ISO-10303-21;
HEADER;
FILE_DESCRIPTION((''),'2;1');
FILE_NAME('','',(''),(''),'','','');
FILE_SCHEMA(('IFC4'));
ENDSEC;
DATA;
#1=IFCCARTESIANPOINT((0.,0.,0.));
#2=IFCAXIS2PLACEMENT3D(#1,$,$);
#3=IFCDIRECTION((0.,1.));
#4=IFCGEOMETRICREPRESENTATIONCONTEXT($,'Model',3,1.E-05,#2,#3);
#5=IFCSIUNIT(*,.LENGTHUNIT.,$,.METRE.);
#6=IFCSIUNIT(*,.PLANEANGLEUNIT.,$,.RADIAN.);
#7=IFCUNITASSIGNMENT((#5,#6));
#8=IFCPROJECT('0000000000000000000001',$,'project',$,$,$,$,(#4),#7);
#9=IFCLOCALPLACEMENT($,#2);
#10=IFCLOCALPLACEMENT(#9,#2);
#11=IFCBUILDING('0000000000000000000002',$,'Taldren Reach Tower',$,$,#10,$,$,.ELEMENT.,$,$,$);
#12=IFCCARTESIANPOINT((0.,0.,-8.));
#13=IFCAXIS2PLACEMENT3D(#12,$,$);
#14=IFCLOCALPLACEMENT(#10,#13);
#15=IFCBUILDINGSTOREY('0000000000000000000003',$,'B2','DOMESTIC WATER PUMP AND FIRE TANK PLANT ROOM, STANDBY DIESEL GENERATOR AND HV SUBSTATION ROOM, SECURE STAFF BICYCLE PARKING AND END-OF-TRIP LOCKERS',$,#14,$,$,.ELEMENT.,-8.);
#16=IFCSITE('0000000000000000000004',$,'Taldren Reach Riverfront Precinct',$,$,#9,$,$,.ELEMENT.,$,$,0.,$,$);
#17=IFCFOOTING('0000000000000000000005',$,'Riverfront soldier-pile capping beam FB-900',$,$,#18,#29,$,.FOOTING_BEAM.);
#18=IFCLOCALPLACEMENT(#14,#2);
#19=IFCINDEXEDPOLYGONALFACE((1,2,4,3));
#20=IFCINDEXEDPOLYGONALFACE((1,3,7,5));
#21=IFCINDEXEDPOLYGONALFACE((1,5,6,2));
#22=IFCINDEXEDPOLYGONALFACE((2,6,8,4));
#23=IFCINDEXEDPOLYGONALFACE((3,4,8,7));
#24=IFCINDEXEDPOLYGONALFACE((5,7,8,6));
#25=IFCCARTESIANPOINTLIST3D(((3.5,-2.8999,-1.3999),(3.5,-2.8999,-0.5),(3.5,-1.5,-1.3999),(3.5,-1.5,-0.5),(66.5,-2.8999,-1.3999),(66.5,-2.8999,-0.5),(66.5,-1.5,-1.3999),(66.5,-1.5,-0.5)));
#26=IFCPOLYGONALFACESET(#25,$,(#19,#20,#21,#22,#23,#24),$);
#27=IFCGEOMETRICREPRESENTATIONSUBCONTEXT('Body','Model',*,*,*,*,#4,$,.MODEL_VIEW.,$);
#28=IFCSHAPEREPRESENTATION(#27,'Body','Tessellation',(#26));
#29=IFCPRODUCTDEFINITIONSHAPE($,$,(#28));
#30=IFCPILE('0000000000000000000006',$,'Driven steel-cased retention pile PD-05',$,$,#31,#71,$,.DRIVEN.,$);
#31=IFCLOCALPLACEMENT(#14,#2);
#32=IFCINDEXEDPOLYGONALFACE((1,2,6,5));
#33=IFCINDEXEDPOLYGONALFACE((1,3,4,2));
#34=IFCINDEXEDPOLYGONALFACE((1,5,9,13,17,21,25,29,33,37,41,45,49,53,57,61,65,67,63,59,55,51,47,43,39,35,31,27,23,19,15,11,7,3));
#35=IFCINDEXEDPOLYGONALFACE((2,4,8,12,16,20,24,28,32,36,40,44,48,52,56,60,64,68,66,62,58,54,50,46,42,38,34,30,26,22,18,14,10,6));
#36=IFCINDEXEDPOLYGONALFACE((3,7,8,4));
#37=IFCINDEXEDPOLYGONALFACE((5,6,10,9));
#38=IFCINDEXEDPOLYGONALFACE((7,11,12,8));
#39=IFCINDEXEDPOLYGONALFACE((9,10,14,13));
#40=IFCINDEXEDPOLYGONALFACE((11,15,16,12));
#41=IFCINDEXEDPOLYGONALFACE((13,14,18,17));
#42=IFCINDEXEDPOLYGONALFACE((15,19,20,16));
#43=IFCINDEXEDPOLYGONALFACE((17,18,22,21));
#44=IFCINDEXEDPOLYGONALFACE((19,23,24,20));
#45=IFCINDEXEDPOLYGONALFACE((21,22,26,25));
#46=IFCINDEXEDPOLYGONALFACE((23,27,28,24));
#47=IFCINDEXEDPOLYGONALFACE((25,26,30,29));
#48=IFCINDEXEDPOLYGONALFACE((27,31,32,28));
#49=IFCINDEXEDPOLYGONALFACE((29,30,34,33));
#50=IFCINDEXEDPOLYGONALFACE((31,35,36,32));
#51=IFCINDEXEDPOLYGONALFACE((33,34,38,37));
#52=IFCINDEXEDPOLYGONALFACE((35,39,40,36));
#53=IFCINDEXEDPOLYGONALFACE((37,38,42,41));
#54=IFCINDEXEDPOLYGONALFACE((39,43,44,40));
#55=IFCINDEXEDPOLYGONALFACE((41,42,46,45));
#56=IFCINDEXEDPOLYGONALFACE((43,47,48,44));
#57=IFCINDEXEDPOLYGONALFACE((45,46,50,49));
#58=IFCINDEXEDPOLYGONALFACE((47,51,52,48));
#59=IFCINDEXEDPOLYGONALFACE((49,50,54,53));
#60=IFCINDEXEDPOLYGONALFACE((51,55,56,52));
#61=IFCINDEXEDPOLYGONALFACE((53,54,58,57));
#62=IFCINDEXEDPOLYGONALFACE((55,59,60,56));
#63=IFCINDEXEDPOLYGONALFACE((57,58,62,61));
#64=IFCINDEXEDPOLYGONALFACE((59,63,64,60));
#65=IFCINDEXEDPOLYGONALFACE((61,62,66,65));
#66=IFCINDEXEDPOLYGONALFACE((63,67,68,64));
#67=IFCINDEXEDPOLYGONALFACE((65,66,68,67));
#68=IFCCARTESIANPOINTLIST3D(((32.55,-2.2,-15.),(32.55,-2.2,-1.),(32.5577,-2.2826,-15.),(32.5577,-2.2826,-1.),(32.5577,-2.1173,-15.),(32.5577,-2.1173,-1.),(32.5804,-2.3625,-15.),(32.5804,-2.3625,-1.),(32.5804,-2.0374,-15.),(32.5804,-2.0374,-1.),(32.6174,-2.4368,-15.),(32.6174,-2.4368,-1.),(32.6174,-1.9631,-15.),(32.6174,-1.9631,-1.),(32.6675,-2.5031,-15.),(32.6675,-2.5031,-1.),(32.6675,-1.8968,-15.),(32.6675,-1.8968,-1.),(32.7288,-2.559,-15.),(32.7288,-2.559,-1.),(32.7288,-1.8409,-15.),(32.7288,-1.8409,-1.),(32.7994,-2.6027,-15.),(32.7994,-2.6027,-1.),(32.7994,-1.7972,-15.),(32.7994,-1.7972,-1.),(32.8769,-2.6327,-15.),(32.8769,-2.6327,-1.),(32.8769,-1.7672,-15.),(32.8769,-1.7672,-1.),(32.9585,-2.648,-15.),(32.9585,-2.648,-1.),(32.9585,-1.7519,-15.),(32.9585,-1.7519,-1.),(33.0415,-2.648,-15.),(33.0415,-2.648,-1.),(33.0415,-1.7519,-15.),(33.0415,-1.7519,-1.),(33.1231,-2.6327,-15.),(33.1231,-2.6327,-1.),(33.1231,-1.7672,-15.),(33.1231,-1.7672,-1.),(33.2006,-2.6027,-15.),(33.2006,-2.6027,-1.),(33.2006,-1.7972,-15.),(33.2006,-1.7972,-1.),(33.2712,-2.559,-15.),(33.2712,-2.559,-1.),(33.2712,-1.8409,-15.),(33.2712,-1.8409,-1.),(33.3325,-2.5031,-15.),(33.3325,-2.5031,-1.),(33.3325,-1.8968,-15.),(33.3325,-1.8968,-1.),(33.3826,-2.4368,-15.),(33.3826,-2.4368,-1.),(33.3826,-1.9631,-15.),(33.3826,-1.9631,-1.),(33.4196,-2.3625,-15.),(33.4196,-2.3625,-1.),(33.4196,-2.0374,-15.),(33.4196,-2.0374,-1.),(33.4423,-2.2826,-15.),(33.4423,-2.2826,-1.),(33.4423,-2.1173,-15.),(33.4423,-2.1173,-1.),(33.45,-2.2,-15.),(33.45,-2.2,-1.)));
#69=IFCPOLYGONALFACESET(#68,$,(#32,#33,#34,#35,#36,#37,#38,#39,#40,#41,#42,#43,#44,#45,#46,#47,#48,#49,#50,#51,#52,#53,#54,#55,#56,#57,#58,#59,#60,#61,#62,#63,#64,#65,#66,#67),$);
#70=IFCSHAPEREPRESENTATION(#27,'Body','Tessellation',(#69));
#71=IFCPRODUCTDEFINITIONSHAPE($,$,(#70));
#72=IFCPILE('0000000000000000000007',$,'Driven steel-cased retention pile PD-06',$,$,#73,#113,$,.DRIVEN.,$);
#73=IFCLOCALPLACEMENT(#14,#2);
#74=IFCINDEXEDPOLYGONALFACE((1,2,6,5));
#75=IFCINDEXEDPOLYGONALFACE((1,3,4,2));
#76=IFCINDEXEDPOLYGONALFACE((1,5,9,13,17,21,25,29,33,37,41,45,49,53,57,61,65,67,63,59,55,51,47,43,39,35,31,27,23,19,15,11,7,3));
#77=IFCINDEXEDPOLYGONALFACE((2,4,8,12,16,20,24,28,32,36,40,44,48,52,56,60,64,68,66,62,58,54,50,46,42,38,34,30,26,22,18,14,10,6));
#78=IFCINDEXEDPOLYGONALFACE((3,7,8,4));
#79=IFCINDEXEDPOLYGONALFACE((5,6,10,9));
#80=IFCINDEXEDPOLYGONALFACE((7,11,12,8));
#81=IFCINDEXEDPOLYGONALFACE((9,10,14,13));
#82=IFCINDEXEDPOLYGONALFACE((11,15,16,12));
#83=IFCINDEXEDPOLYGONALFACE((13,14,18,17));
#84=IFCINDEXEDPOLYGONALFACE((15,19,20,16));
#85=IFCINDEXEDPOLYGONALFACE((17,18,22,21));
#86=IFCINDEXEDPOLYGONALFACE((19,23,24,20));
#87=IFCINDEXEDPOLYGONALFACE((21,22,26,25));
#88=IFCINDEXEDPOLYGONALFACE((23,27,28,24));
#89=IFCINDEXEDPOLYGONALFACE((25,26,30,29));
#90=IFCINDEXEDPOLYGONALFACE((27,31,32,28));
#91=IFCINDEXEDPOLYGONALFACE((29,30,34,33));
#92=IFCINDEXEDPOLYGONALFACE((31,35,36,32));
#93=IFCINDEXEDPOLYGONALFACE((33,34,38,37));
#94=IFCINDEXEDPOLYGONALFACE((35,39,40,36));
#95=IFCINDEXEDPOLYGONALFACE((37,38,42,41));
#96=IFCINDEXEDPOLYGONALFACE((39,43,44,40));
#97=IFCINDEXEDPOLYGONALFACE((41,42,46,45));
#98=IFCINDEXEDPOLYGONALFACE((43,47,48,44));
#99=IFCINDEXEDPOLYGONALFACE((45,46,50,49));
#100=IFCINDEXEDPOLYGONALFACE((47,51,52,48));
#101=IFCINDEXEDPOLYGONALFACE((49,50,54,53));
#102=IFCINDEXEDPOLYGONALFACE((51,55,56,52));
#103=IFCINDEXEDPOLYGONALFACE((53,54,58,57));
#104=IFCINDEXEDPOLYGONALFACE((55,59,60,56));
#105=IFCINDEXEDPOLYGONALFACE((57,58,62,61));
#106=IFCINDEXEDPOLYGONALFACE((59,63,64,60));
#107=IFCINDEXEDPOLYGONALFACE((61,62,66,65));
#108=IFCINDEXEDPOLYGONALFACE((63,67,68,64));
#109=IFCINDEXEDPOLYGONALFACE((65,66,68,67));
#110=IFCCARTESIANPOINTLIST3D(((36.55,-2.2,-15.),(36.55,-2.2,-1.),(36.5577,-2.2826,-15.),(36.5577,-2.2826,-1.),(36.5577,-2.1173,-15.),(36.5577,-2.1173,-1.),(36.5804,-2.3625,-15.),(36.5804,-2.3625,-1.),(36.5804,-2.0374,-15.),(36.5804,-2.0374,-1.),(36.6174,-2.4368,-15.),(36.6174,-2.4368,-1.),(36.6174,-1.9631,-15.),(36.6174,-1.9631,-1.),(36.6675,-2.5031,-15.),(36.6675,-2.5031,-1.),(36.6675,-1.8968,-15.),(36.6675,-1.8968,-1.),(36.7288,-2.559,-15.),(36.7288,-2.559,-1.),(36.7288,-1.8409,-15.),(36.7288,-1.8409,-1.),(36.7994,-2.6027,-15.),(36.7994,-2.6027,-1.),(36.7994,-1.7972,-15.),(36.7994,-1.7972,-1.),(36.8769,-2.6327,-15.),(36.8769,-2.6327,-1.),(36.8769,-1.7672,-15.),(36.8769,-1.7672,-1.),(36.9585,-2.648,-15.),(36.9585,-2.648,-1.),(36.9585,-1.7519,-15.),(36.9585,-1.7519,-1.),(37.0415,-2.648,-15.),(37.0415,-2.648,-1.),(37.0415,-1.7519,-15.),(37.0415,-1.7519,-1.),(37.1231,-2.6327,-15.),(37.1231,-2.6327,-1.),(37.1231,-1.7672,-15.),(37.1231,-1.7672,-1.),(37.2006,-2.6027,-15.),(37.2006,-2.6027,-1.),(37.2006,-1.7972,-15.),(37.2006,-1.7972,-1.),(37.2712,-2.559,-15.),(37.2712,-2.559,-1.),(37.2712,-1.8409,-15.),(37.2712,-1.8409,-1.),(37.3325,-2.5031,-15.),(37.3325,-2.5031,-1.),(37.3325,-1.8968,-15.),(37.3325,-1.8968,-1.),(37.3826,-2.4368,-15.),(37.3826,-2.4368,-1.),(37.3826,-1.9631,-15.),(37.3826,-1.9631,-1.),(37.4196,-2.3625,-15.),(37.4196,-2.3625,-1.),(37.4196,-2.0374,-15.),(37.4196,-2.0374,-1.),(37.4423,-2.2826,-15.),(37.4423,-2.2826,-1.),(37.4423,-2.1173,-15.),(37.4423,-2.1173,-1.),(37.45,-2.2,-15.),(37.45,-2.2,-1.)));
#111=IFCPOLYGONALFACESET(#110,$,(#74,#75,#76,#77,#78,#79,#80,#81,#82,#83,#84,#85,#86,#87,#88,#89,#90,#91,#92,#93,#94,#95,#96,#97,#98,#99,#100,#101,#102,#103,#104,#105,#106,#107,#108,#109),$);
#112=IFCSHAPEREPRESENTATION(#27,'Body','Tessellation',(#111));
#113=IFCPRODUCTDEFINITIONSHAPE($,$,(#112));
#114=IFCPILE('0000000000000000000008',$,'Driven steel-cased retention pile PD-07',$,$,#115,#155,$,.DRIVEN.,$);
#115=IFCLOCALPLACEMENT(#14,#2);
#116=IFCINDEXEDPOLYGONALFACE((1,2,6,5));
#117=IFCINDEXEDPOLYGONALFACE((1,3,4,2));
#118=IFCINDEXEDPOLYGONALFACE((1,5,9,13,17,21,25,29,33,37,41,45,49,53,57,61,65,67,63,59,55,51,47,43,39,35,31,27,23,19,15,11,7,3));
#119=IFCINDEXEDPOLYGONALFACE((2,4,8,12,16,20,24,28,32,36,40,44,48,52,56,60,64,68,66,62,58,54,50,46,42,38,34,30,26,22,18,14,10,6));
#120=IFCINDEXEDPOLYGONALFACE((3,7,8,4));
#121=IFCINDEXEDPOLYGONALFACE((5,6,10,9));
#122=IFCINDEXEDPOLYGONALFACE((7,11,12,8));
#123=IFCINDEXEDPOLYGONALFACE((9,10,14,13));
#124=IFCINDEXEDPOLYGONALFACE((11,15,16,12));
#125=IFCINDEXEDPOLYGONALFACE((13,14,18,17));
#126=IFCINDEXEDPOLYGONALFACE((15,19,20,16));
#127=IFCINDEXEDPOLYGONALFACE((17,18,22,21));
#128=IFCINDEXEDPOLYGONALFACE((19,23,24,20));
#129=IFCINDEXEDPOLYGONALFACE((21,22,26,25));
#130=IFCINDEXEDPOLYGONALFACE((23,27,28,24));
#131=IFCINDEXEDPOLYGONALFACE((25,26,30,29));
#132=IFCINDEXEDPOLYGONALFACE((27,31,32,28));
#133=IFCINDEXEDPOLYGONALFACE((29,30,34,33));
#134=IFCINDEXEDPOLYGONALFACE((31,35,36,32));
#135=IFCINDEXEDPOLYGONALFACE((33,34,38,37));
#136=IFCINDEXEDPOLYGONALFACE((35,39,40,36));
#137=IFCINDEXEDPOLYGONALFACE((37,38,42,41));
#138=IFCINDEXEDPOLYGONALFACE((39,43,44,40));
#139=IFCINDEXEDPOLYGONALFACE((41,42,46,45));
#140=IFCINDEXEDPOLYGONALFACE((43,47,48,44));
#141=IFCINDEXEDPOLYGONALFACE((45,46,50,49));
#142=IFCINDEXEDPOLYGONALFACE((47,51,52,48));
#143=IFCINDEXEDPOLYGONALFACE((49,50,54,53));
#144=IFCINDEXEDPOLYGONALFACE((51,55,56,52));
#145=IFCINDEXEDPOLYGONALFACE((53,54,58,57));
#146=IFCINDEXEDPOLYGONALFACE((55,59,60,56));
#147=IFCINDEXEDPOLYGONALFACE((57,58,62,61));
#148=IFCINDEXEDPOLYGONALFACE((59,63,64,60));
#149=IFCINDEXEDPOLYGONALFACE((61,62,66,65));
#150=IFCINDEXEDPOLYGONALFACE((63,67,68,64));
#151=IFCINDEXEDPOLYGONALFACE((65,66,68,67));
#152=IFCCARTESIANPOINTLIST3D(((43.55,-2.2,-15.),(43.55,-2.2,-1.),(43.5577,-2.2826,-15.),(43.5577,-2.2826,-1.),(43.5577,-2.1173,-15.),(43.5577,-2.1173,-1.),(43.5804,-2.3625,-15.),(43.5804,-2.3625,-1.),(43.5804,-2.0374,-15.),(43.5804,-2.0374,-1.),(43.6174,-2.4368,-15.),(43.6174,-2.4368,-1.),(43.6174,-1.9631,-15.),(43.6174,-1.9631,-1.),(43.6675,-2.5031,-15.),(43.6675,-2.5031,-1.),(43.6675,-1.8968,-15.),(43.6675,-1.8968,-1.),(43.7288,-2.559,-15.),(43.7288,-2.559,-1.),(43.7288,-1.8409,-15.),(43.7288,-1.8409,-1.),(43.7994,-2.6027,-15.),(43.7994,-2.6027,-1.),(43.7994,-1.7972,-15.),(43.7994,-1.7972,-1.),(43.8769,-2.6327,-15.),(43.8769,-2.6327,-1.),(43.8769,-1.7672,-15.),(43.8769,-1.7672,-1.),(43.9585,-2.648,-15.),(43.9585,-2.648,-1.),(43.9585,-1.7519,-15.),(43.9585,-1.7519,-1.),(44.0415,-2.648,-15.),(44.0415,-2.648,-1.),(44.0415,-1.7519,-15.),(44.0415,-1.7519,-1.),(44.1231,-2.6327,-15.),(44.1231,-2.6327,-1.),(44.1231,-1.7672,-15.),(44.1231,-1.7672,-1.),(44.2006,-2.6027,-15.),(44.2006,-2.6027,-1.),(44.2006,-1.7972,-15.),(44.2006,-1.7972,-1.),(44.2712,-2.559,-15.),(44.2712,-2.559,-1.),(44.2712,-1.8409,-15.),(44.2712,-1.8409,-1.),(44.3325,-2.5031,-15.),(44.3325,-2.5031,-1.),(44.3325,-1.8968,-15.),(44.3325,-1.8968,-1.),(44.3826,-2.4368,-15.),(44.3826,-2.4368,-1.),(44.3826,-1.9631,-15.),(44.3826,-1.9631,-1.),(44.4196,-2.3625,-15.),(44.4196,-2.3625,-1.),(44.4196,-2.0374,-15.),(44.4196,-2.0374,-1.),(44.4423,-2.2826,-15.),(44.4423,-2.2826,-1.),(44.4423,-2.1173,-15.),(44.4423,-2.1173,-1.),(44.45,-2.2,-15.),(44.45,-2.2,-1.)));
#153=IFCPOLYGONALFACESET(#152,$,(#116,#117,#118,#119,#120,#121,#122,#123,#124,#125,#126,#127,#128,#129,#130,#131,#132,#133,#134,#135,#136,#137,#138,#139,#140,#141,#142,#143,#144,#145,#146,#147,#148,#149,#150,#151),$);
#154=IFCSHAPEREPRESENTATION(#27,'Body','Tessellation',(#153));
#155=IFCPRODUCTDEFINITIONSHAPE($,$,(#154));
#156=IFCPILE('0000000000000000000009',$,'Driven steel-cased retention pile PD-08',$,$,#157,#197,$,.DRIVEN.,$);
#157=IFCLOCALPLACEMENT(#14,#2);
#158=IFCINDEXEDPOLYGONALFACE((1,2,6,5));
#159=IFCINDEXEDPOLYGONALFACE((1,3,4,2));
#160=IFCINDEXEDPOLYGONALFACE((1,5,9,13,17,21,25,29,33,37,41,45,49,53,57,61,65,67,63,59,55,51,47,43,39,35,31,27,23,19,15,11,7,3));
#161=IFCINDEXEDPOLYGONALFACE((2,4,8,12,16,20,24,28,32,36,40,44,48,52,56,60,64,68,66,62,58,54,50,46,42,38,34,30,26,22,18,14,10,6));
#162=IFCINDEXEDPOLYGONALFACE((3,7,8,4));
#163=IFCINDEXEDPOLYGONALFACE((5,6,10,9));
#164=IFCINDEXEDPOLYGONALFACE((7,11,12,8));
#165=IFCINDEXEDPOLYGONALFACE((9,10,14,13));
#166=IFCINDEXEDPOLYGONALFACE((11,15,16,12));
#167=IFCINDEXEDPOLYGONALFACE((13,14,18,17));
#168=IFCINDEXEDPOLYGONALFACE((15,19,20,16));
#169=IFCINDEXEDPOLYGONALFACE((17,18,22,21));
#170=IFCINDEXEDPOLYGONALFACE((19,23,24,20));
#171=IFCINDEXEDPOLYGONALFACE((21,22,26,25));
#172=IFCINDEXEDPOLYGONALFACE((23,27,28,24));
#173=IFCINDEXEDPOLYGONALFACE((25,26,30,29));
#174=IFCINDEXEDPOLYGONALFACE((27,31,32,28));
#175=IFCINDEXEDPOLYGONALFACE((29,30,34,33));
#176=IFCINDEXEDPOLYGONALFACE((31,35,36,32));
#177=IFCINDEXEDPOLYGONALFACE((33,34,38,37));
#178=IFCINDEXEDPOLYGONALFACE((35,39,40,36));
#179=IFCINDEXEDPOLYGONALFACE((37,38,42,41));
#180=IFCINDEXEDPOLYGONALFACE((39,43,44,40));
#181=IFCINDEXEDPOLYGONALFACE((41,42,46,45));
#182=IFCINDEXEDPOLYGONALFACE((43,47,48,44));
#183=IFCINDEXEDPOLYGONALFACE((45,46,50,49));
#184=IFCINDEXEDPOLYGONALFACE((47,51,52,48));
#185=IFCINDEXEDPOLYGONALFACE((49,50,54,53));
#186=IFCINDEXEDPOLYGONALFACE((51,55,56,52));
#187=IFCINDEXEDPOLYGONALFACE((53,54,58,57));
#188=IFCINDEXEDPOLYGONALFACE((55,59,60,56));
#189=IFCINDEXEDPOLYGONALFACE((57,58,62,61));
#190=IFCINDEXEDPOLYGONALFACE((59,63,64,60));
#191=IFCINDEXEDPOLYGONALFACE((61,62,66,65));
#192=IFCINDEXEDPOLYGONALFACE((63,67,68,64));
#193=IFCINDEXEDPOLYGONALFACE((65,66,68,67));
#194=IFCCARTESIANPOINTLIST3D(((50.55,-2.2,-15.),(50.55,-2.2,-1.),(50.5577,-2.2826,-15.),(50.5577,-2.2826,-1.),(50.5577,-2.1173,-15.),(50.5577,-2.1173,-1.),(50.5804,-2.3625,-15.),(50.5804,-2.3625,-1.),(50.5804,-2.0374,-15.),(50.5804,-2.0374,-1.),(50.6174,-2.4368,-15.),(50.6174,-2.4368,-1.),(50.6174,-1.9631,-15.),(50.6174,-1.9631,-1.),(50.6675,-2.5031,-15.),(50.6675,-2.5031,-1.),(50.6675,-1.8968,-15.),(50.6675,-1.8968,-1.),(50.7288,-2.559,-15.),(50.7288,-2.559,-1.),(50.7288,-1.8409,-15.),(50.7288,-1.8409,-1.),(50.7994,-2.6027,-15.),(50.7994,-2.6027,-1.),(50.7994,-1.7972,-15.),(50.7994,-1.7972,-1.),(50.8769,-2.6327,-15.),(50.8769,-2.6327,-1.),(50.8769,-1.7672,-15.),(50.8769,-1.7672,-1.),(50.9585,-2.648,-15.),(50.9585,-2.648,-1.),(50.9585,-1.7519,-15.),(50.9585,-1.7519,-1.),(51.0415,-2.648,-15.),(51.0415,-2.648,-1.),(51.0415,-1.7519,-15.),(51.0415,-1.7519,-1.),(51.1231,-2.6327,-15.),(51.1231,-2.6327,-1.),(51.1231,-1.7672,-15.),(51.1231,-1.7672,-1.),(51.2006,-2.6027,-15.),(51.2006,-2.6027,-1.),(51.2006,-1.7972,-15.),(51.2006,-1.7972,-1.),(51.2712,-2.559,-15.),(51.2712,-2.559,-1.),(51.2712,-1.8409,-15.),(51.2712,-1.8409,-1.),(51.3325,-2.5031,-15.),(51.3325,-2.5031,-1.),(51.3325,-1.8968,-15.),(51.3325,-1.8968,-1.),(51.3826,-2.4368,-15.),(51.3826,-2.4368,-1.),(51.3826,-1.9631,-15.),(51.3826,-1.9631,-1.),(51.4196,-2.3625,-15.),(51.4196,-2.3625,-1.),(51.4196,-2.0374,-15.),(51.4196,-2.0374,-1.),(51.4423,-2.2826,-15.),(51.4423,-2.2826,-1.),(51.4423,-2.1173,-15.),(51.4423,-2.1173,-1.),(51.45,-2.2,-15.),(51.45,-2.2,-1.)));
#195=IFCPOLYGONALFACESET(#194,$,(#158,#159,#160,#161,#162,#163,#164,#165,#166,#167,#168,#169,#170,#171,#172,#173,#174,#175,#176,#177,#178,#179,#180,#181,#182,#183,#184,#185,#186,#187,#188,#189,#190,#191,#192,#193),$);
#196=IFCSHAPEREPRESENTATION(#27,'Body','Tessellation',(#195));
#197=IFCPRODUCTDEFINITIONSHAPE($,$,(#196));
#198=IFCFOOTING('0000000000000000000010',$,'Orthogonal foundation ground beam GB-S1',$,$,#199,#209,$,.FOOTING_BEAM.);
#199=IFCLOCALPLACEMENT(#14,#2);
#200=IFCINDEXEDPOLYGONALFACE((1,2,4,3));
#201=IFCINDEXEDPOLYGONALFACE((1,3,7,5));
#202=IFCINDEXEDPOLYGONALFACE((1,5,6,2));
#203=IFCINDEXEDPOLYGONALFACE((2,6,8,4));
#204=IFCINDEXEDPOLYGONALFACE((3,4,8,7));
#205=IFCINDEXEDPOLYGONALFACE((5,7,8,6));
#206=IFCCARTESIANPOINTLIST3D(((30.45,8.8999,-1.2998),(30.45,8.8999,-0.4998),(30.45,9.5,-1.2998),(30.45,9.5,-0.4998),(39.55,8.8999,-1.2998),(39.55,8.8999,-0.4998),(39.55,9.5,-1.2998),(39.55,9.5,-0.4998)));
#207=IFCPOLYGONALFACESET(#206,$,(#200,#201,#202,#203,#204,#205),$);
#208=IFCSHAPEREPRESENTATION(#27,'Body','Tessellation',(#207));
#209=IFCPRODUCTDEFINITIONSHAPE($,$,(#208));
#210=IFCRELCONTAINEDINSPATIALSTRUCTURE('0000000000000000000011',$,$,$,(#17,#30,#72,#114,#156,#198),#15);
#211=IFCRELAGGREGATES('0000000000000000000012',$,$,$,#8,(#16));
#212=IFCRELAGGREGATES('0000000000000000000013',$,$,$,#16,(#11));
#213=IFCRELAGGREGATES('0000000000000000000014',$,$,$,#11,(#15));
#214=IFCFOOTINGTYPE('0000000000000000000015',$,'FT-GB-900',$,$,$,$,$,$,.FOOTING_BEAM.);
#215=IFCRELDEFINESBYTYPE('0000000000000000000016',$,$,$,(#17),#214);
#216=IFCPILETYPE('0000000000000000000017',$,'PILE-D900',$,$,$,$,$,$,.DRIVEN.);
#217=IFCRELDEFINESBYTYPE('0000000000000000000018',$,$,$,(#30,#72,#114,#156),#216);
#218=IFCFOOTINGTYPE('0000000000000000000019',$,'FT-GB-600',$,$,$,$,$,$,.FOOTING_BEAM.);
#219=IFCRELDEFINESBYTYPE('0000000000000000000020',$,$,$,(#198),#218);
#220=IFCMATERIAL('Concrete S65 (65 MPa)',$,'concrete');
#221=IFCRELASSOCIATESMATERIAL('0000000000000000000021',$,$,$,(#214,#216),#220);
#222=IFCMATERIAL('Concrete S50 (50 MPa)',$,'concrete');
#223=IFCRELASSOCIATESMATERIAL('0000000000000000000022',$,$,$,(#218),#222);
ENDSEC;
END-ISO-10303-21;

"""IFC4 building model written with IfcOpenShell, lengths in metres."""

from ifc_helpers import new_model, si_unit, direction, frame, origin, origin_2d, place, context, subcontext, project, spatial, rectangle, circle, extrude, source, transform, mapped, material, material_profile, profile_set, type_object, element, save


model = new_model("IFC4")

# Units and contexts
model_context = context("Model", 3, precision=1e-05, world=origin(), true_north=direction((0.0, 1.0)))
body_context = subcontext(model_context, "Body", "Model", "MODEL_VIEW")
ifc_project = project(units=[si_unit("LENGTHUNIT", "METRE"), si_unit("PLANEANGLEUNIT", "RADIAN")], contexts=[model_context])

# Site, building, storey
site_placement = place(None, origin())
site = spatial("IfcSite", under=ifc_project, at=site_placement, Name="Taldren Reach Riverfront Precinct", CompositionType="ELEMENT", RefElevation=0.0)
building_placement = place(site_placement, origin())
building = spatial("IfcBuilding", under=site, at=building_placement, Name="Taldren Reach Tower", CompositionType="ELEMENT")
storey_placement = place(building_placement, frame((0.0, 0.0, -8.0)))
storey = spatial("IfcBuildingStorey", under=building, at=storey_placement, Name="B2", Description="DOMESTIC WATER PUMP AND FIRE TANK PLANT ROOM, STANDBY DIESEL GENERATOR AND HV SUBSTATION ROOM, SECURE STAFF BICYCLE PARKING AND END-OF-TRIP LOCKERS", CompositionType="ELEMENT", Elevation=-8.0)

# Shared definitions
ifc_material_1 = material(Name="Concrete S65 (65 MPa)", Category="concrete")

# Footing
ifc_material_2 = material(Name="Concrete S50 (50 MPa)", Category="concrete")
footing_type_1 = type_object("IfcFootingType", Name="FT-GB-900", PredefinedType="FOOTING_BEAM", material=ifc_material_1)
shared_shape_1 = source(origin(), body_context, "Body", "SweptSolid", [
    extrude(rectangle(XDim=63.0, YDim=1.3999, at=origin_2d()), origin(), (0.0, 0.0, 1.0), 0.8999),
])
footing_1_placement = place(storey_placement, frame((35.0, -2.2, -1.3999), z_axis=(0.0, 0.0, 1.0), x_axis=(1.0, 0.0, 0.0)))
element("IfcFooting", 1, at=footing_1_placement, inside=storey, type_object=footing_type_1, Name="Riverfront soldier-pile capping beam FB-900", PredefinedType="FOOTING_BEAM", context=body_context, shape_type="MappedRepresentation", body=[
    mapped(shared_shape_1, transform((0.0, 0.0, 0.0), scale=1.0)),
])

# Piles
ifc_material_profile_1 = material_profile(ifc_material_1, circle(Radius=0.45, at=origin_2d()), Name="PD-900")
ifc_profile_set_1 = profile_set([ifc_material_profile_1], Name="Concrete S65 (65 MPa)")
pile_type_1 = type_object("IfcPileType", Name="PILE-D900", PredefinedType="DRIVEN", material=ifc_profile_set_1)
shared_shape_2 = source(origin(), body_context, "Body", "SweptSolid", [
    extrude(circle(Radius=0.45, at=origin_2d()), origin(), (0.0, 0.0, 1.0), 14.0),
])
for number, where, z_axis, x_axis, name in (
    (2, (33.0, -2.2, -1.0), (0.0, 0.0, -1.0), (1.0, 0.0, 0.0), "Driven steel-cased retention pile PD-05"),
    (3, (37.0, -2.2, -1.0), (0.0, 0.0, -1.0), (1.0, 0.0, 0.0), "Driven steel-cased retention pile PD-06"),
    (4, (44.0, -2.2, -1.0), (0.0, 0.0, -1.0), (1.0, 0.0, 0.0), "Driven steel-cased retention pile PD-07"),
    (5, (51.0, -2.2, -1.0), (0.0, 0.0, -1.0), (1.0, 0.0, 0.0), "Driven steel-cased retention pile PD-08"),
):
    element("IfcPile", number, at=place(storey_placement, frame(where, z_axis=z_axis, x_axis=x_axis)), inside=storey, type_object=pile_type_1, Name=name, PredefinedType="DRIVEN", context=body_context, shape_type="MappedRepresentation", body=[
        mapped(shared_shape_2, transform((0.0, 0.0, 0.0), scale=1.0)),
    ])

# Footing
footing_type_2 = type_object("IfcFootingType", Name="FT-GB-600", PredefinedType="FOOTING_BEAM", material=ifc_material_2)
shared_shape_3 = source(origin(), body_context, "Body", "SweptSolid", [
    extrude(rectangle(XDim=9.1001, YDim=0.6001, at=origin_2d()), origin(), (0.0, 0.0, 1.0), 0.8),
])
footing_2_placement = place(storey_placement, frame((35.0, 9.2, -1.2998), z_axis=(0.0, 0.0, 1.0), x_axis=(1.0, 0.0, 0.0)))
element("IfcFooting", 6, at=footing_2_placement, inside=storey, type_object=footing_type_2, Name="Orthogonal foundation ground beam GB-S1", PredefinedType="FOOTING_BEAM", context=body_context, shape_type="MappedRepresentation", body=[
    mapped(shared_shape_3, transform((0.0, 0.0, 0.0), scale=1.0)),
])

save(model, "model.ifc")
